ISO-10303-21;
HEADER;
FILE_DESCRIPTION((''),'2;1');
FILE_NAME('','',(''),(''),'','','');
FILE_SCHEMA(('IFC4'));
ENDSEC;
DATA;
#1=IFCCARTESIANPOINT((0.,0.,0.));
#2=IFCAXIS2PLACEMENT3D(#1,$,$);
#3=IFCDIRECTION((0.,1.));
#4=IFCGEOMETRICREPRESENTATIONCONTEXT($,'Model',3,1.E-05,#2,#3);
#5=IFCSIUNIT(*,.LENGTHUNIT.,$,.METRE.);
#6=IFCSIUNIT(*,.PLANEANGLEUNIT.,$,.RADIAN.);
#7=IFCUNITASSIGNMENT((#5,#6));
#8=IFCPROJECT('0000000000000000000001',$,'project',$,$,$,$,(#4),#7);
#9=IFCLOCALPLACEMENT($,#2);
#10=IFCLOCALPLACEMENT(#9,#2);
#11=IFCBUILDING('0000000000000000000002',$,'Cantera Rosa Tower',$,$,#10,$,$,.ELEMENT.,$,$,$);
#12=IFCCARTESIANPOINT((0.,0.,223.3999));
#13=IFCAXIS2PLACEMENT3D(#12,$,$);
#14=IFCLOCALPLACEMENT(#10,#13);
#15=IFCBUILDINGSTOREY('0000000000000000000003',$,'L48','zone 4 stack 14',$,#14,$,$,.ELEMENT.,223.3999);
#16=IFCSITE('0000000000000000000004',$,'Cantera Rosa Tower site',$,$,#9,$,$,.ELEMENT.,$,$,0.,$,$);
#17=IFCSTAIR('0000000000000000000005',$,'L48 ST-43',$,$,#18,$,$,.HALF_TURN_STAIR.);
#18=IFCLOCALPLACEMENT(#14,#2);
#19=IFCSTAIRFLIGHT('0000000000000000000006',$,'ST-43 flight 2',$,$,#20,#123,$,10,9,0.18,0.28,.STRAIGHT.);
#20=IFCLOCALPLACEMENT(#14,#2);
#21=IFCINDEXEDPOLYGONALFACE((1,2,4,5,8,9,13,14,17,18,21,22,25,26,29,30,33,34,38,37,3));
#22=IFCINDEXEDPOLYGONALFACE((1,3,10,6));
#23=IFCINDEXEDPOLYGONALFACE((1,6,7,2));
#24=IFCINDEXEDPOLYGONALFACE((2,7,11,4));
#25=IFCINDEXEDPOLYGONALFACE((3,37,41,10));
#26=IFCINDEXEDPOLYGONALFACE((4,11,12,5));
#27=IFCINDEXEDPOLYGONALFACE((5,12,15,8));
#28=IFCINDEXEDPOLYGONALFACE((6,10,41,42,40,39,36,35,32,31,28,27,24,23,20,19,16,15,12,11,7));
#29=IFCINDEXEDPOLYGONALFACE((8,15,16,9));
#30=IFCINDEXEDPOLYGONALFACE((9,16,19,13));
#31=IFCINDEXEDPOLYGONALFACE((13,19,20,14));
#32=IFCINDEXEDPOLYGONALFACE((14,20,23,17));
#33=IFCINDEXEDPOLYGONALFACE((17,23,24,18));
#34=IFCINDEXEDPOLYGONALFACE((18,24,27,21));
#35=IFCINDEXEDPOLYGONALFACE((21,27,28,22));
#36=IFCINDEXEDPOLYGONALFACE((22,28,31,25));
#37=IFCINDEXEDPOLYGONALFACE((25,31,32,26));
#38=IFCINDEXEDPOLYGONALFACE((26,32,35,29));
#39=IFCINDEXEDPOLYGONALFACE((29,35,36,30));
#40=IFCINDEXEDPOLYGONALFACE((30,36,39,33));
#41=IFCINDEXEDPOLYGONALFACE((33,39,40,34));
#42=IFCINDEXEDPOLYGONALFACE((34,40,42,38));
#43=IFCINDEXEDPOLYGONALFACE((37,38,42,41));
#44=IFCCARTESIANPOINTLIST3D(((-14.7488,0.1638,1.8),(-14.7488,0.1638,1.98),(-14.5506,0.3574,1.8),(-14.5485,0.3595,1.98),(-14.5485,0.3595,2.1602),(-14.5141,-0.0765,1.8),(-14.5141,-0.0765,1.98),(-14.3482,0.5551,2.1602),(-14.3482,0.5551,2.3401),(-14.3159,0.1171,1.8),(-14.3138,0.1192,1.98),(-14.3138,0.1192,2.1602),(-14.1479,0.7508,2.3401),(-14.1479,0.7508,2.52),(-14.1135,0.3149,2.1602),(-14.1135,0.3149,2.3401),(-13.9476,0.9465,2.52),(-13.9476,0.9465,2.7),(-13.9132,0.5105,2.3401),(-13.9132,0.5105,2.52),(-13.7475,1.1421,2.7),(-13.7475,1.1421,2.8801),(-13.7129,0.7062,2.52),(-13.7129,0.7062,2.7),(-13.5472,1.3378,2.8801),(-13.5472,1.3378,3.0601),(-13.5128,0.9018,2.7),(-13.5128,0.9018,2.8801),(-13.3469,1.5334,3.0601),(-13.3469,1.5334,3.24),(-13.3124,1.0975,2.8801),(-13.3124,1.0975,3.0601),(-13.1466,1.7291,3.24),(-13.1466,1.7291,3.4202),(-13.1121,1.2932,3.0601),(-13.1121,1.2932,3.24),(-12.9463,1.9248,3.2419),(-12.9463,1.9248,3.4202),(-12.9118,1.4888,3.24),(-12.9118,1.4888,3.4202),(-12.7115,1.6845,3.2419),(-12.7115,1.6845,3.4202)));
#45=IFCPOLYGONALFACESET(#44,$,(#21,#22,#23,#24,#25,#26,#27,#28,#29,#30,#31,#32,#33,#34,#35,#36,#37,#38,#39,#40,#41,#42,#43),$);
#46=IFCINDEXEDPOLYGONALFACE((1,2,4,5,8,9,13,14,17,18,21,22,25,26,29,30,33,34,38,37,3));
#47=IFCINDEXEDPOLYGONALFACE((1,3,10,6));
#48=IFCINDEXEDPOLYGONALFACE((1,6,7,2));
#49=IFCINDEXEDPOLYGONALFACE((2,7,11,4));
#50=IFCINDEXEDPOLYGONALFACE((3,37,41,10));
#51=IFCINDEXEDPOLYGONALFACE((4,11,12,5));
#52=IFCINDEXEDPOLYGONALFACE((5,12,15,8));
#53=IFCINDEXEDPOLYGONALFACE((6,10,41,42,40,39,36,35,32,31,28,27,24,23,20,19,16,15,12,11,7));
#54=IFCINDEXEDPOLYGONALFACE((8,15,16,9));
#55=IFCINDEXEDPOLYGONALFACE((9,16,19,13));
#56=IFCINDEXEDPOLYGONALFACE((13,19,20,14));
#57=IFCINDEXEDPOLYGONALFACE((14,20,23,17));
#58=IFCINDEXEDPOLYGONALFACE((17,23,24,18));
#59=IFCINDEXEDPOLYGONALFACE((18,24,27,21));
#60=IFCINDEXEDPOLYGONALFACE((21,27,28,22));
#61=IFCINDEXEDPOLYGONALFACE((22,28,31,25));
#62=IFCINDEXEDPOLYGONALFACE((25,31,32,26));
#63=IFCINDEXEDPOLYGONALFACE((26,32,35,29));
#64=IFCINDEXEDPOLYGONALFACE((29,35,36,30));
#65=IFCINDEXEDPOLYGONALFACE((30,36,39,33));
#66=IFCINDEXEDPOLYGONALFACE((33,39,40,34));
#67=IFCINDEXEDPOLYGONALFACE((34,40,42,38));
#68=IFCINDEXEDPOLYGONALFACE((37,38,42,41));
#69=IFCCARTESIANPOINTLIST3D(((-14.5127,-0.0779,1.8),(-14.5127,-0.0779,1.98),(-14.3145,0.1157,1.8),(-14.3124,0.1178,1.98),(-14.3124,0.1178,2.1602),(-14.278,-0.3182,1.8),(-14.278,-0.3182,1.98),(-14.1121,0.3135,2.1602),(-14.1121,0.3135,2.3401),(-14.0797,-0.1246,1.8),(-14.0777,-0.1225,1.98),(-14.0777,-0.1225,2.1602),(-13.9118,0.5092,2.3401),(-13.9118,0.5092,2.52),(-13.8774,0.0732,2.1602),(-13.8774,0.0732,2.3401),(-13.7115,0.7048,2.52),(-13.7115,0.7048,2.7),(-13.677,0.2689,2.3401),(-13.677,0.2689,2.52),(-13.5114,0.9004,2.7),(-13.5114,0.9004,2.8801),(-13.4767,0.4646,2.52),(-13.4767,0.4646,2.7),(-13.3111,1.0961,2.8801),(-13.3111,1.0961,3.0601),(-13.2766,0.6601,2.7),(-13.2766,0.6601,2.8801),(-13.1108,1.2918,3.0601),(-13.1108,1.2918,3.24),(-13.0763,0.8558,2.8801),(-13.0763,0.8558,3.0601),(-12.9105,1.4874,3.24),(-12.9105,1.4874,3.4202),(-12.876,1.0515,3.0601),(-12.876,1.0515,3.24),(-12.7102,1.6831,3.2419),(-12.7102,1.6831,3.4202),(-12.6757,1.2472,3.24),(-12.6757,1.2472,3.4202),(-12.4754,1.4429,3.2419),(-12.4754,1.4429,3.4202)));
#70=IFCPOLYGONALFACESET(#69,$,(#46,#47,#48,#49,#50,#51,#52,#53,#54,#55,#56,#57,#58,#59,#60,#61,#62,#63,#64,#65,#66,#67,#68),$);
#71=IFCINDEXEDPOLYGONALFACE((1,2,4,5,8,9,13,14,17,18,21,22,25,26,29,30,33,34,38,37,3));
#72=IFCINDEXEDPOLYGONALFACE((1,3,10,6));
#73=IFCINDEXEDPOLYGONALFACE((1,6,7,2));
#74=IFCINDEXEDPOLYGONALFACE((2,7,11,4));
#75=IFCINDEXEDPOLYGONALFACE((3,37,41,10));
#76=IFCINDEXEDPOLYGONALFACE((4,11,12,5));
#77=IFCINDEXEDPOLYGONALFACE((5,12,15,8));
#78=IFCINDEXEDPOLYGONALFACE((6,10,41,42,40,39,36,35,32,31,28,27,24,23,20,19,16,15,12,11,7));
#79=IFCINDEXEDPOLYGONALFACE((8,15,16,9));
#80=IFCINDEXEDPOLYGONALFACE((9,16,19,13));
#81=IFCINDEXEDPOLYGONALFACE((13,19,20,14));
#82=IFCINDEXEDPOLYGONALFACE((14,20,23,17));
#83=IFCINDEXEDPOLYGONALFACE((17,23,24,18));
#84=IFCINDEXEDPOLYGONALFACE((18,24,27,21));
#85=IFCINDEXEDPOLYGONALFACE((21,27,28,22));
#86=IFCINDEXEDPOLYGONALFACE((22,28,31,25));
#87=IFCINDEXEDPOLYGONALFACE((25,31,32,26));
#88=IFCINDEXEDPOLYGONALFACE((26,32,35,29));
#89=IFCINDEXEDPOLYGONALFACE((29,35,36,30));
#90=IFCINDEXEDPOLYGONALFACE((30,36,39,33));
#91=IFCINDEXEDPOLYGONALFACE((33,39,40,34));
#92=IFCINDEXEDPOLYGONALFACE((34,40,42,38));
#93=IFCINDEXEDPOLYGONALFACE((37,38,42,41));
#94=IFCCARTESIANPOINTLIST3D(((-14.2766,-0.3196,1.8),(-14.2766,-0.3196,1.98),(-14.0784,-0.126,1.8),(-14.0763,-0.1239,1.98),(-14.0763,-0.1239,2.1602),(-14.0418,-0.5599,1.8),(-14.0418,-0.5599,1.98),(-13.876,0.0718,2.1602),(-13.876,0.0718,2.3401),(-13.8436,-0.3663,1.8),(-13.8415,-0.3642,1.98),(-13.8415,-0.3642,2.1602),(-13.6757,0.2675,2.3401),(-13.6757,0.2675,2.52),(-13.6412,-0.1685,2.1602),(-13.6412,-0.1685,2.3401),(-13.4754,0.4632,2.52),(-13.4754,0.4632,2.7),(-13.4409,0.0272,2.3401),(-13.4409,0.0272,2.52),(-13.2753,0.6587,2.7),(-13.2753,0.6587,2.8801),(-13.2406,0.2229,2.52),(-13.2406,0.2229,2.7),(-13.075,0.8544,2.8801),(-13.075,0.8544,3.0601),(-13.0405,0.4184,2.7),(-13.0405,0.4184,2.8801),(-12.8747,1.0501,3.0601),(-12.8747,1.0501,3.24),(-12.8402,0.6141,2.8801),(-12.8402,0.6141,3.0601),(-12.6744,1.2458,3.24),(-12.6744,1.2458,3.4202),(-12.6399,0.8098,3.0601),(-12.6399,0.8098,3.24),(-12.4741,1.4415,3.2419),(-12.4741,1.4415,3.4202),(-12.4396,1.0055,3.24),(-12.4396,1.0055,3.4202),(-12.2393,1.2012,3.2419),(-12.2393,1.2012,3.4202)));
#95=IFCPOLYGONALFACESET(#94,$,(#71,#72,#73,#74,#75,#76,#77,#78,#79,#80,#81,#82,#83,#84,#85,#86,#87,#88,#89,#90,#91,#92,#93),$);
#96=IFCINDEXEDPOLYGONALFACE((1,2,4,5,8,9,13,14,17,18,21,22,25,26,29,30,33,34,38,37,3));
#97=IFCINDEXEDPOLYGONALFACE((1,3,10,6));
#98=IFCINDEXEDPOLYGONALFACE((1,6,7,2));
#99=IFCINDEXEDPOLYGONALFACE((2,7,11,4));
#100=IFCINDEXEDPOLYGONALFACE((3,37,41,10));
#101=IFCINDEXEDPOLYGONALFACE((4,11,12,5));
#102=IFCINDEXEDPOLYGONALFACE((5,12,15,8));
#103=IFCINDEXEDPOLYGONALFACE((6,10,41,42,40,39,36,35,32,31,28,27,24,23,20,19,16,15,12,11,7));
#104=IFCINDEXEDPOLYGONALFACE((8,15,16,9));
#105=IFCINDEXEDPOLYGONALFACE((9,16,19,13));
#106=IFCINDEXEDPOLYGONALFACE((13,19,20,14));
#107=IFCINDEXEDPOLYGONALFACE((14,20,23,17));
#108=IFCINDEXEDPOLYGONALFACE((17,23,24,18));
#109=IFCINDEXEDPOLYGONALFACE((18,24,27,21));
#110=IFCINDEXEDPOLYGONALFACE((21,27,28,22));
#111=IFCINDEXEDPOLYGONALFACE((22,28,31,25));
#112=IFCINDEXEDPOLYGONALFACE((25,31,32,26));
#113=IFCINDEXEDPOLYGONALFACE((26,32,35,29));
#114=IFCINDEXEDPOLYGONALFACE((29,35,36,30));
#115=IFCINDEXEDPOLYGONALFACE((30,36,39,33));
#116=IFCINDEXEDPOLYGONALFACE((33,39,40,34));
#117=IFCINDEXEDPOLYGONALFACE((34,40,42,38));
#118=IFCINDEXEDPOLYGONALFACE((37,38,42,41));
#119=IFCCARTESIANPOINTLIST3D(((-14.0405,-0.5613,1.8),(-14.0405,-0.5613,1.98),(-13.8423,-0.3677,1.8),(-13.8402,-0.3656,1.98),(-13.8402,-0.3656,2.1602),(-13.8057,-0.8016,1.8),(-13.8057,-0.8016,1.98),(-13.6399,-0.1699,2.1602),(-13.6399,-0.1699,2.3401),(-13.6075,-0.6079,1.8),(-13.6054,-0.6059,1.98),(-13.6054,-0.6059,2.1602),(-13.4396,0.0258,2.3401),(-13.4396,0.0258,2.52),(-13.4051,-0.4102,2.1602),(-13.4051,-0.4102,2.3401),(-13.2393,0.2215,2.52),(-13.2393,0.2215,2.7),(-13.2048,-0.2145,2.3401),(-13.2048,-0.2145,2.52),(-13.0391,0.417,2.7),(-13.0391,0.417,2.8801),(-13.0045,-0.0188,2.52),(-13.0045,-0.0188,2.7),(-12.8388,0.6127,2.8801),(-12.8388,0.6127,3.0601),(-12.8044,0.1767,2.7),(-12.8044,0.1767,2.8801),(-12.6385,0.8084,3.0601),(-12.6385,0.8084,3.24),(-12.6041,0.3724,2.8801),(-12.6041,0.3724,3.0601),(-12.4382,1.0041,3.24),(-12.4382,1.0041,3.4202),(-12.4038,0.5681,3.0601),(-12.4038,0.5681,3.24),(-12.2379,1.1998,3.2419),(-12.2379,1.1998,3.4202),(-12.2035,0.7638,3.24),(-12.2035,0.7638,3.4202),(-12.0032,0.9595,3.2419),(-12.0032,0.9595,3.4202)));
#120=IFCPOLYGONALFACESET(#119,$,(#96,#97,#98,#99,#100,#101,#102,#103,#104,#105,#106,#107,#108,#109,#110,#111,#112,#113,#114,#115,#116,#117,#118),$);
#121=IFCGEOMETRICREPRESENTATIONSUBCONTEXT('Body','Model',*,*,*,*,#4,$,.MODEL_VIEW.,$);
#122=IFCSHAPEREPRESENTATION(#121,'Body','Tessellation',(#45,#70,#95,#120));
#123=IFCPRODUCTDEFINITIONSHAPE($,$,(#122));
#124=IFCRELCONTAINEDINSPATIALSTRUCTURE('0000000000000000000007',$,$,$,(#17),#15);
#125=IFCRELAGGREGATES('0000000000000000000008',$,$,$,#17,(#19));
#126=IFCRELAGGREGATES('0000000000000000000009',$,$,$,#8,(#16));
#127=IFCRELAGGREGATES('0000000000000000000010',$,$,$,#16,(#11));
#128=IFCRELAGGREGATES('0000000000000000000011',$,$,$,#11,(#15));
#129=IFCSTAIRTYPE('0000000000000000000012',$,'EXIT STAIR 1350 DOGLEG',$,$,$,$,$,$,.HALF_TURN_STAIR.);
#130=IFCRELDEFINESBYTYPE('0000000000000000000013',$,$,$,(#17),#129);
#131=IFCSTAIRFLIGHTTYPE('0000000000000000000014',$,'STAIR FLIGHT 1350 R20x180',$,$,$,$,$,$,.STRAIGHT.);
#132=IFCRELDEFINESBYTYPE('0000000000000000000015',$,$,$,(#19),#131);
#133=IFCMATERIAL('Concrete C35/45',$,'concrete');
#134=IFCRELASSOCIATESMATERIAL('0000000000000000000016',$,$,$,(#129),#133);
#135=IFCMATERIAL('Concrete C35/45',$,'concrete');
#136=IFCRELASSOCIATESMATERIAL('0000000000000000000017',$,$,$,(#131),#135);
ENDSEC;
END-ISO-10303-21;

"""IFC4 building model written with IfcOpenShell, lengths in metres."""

from ifc_helpers import new_model, si_unit, direction, frame, origin, place, context, subcontext, project, spatial, polyline, outline, extrude, material, type_object, element, aggregate, save


model = new_model("IFC4")

# Units and contexts
model_context = context("Model", 3, precision=1e-05, world=origin(), true_north=direction((0.0, 1.0)))
body_context = subcontext(model_context, "Body", "Model", "MODEL_VIEW")
ifc_project = project(units=[si_unit("LENGTHUNIT", "METRE"), si_unit("PLANEANGLEUNIT", "RADIAN")], contexts=[model_context])

# Site, building, storey
site_placement = place(None, origin())
site = spatial("IfcSite", under=ifc_project, at=site_placement, Name="Cantera Rosa Tower site", CompositionType="ELEMENT", RefElevation=0.0)
building_placement = place(site_placement, origin())
building = spatial("IfcBuilding", under=site, at=building_placement, Name="Cantera Rosa Tower", CompositionType="ELEMENT")
storey_placement = place(building_placement, frame((0.0, 0.0, 223.3999)))
storey = spatial("IfcBuildingStorey", under=building, at=storey_placement, Name="L48", Description="zone 4 stack 14", CompositionType="ELEMENT", Elevation=223.3999)

# Stair, stair flight
ifc_material_1 = material(Name="Concrete C35/45", Category="concrete")
stair_type = type_object("IfcStairType", Name="EXIT STAIR 1350 DOGLEG", PredefinedType="HALF_TURN_STAIR", material=ifc_material_1)
stair_1_placement = place(storey_placement, origin())
stair_1 = element("IfcStair", 1, at=stair_1_placement, inside=storey, type_object=stair_type, Name="L48 ST-43", PredefinedType="HALF_TURN_STAIR")
ifc_material_2 = material(Name="Concrete C35/45", Category="concrete")
stair_flight_type = type_object("IfcStairFlightType", Name="STAIR FLIGHT 1350 R20x180", PredefinedType="STRAIGHT", material=ifc_material_2)
stair_flight_1_placement = place(storey_placement, frame((-14.2771, -0.3191, 1.8), z_axis=(0.0, 0.0, 1.0), x_axis=(0.715286, 0.698832, 0.0)))
stair_flight_1 = element("IfcStairFlight", 2, at=stair_flight_1_placement, type_object=stair_flight_type, Name="ST-43 flight 2", NumberOfRisers=10, NumberOfTreads=9, PredefinedType="STRAIGHT", RiserHeight=0.18, TreadLength=0.28, context=body_context, shape_type="SweptSolid", body=[
    extrude(outline(polyline([(0.0, 0.0), (0.0, 0.1799), (0.28, 0.1799), (0.28, 0.3601), (0.5601, 0.3601), (0.5601, 0.54), (0.8401, 0.54), (0.8401, 0.72), (1.1201, 0.72), (1.1201, 0.8999), (1.3999, 0.8999), (1.3999, 1.0801), (1.6799, 1.0801), (1.6799, 1.26), (1.96, 1.26), (1.96, 1.4399), (2.24, 1.4399), (2.24, 1.6201), (2.52, 1.6201), (2.52, 1.8), (2.52, 1.4419), (0.2771, 0.0), (0.0, 0.0)])), frame((0.0, 0.675, 0.0), z_axis=(0.0, -1.0, 0.0), x_axis=(1.0, 0.0, 0.0)), (0.0, 0.0, 1.0), 0.3359),
    extrude(outline(polyline([(0.0, 0.0), (0.0, 0.1799), (0.28, 0.1799), (0.28, 0.3601), (0.5601, 0.3601), (0.5601, 0.54), (0.8401, 0.54), (0.8401, 0.72), (1.1201, 0.72), (1.1201, 0.8999), (1.3999, 0.8999), (1.3999, 1.0801), (1.6799, 1.0801), (1.6799, 1.26), (1.96, 1.26), (1.96, 1.4399), (2.24, 1.4399), (2.24, 1.6201), (2.52, 1.6201), (2.52, 1.8), (2.52, 1.4419), (0.2771, 0.0), (0.0, 0.0)])), frame((0.0, 0.3372, 0.0), z_axis=(0.0, -1.0, 0.0), x_axis=(1.0, 0.0, 0.0)), (0.0, 0.0, 1.0), 0.3359),
    extrude(outline(polyline([(0.0, 0.0), (0.0, 0.1799), (0.28, 0.1799), (0.28, 0.3601), (0.5601, 0.3601), (0.5601, 0.54), (0.8401, 0.54), (0.8401, 0.72), (1.1201, 0.72), (1.1201, 0.8999), (1.3999, 0.8999), (1.3999, 1.0801), (1.6799, 1.0801), (1.6799, 1.26), (1.96, 1.26), (1.96, 1.4399), (2.24, 1.4399), (2.24, 1.6201), (2.52, 1.6201), (2.52, 1.8), (2.52, 1.4419), (0.2771, 0.0), (0.0, 0.0)])), frame((0.0, -0.0007, 0.0), z_axis=(0.0, -1.0, 0.0), x_axis=(1.0, 0.0, 0.0)), (0.0, 0.0, 1.0), 0.3359),
    extrude(outline(polyline([(0.0, 0.0), (0.0, 0.1799), (0.28, 0.1799), (0.28, 0.3601), (0.5601, 0.3601), (0.5601, 0.54), (0.8401, 0.54), (0.8401, 0.72), (1.1201, 0.72), (1.1201, 0.8999), (1.3999, 0.8999), (1.3999, 1.0801), (1.6799, 1.0801), (1.6799, 1.26), (1.96, 1.26), (1.96, 1.4399), (2.24, 1.4399), (2.24, 1.6201), (2.52, 1.6201), (2.52, 1.8), (2.52, 1.4419), (0.2771, 0.0), (0.0, 0.0)])), frame((0.0, -0.3386, 0.0), z_axis=(0.0, -1.0, 0.0), x_axis=(1.0, 0.0, 0.0)), (0.0, 0.0, 1.0), 0.3359),
])
aggregate(stair_1, [stair_flight_1])

save(model, "model.ifc")
